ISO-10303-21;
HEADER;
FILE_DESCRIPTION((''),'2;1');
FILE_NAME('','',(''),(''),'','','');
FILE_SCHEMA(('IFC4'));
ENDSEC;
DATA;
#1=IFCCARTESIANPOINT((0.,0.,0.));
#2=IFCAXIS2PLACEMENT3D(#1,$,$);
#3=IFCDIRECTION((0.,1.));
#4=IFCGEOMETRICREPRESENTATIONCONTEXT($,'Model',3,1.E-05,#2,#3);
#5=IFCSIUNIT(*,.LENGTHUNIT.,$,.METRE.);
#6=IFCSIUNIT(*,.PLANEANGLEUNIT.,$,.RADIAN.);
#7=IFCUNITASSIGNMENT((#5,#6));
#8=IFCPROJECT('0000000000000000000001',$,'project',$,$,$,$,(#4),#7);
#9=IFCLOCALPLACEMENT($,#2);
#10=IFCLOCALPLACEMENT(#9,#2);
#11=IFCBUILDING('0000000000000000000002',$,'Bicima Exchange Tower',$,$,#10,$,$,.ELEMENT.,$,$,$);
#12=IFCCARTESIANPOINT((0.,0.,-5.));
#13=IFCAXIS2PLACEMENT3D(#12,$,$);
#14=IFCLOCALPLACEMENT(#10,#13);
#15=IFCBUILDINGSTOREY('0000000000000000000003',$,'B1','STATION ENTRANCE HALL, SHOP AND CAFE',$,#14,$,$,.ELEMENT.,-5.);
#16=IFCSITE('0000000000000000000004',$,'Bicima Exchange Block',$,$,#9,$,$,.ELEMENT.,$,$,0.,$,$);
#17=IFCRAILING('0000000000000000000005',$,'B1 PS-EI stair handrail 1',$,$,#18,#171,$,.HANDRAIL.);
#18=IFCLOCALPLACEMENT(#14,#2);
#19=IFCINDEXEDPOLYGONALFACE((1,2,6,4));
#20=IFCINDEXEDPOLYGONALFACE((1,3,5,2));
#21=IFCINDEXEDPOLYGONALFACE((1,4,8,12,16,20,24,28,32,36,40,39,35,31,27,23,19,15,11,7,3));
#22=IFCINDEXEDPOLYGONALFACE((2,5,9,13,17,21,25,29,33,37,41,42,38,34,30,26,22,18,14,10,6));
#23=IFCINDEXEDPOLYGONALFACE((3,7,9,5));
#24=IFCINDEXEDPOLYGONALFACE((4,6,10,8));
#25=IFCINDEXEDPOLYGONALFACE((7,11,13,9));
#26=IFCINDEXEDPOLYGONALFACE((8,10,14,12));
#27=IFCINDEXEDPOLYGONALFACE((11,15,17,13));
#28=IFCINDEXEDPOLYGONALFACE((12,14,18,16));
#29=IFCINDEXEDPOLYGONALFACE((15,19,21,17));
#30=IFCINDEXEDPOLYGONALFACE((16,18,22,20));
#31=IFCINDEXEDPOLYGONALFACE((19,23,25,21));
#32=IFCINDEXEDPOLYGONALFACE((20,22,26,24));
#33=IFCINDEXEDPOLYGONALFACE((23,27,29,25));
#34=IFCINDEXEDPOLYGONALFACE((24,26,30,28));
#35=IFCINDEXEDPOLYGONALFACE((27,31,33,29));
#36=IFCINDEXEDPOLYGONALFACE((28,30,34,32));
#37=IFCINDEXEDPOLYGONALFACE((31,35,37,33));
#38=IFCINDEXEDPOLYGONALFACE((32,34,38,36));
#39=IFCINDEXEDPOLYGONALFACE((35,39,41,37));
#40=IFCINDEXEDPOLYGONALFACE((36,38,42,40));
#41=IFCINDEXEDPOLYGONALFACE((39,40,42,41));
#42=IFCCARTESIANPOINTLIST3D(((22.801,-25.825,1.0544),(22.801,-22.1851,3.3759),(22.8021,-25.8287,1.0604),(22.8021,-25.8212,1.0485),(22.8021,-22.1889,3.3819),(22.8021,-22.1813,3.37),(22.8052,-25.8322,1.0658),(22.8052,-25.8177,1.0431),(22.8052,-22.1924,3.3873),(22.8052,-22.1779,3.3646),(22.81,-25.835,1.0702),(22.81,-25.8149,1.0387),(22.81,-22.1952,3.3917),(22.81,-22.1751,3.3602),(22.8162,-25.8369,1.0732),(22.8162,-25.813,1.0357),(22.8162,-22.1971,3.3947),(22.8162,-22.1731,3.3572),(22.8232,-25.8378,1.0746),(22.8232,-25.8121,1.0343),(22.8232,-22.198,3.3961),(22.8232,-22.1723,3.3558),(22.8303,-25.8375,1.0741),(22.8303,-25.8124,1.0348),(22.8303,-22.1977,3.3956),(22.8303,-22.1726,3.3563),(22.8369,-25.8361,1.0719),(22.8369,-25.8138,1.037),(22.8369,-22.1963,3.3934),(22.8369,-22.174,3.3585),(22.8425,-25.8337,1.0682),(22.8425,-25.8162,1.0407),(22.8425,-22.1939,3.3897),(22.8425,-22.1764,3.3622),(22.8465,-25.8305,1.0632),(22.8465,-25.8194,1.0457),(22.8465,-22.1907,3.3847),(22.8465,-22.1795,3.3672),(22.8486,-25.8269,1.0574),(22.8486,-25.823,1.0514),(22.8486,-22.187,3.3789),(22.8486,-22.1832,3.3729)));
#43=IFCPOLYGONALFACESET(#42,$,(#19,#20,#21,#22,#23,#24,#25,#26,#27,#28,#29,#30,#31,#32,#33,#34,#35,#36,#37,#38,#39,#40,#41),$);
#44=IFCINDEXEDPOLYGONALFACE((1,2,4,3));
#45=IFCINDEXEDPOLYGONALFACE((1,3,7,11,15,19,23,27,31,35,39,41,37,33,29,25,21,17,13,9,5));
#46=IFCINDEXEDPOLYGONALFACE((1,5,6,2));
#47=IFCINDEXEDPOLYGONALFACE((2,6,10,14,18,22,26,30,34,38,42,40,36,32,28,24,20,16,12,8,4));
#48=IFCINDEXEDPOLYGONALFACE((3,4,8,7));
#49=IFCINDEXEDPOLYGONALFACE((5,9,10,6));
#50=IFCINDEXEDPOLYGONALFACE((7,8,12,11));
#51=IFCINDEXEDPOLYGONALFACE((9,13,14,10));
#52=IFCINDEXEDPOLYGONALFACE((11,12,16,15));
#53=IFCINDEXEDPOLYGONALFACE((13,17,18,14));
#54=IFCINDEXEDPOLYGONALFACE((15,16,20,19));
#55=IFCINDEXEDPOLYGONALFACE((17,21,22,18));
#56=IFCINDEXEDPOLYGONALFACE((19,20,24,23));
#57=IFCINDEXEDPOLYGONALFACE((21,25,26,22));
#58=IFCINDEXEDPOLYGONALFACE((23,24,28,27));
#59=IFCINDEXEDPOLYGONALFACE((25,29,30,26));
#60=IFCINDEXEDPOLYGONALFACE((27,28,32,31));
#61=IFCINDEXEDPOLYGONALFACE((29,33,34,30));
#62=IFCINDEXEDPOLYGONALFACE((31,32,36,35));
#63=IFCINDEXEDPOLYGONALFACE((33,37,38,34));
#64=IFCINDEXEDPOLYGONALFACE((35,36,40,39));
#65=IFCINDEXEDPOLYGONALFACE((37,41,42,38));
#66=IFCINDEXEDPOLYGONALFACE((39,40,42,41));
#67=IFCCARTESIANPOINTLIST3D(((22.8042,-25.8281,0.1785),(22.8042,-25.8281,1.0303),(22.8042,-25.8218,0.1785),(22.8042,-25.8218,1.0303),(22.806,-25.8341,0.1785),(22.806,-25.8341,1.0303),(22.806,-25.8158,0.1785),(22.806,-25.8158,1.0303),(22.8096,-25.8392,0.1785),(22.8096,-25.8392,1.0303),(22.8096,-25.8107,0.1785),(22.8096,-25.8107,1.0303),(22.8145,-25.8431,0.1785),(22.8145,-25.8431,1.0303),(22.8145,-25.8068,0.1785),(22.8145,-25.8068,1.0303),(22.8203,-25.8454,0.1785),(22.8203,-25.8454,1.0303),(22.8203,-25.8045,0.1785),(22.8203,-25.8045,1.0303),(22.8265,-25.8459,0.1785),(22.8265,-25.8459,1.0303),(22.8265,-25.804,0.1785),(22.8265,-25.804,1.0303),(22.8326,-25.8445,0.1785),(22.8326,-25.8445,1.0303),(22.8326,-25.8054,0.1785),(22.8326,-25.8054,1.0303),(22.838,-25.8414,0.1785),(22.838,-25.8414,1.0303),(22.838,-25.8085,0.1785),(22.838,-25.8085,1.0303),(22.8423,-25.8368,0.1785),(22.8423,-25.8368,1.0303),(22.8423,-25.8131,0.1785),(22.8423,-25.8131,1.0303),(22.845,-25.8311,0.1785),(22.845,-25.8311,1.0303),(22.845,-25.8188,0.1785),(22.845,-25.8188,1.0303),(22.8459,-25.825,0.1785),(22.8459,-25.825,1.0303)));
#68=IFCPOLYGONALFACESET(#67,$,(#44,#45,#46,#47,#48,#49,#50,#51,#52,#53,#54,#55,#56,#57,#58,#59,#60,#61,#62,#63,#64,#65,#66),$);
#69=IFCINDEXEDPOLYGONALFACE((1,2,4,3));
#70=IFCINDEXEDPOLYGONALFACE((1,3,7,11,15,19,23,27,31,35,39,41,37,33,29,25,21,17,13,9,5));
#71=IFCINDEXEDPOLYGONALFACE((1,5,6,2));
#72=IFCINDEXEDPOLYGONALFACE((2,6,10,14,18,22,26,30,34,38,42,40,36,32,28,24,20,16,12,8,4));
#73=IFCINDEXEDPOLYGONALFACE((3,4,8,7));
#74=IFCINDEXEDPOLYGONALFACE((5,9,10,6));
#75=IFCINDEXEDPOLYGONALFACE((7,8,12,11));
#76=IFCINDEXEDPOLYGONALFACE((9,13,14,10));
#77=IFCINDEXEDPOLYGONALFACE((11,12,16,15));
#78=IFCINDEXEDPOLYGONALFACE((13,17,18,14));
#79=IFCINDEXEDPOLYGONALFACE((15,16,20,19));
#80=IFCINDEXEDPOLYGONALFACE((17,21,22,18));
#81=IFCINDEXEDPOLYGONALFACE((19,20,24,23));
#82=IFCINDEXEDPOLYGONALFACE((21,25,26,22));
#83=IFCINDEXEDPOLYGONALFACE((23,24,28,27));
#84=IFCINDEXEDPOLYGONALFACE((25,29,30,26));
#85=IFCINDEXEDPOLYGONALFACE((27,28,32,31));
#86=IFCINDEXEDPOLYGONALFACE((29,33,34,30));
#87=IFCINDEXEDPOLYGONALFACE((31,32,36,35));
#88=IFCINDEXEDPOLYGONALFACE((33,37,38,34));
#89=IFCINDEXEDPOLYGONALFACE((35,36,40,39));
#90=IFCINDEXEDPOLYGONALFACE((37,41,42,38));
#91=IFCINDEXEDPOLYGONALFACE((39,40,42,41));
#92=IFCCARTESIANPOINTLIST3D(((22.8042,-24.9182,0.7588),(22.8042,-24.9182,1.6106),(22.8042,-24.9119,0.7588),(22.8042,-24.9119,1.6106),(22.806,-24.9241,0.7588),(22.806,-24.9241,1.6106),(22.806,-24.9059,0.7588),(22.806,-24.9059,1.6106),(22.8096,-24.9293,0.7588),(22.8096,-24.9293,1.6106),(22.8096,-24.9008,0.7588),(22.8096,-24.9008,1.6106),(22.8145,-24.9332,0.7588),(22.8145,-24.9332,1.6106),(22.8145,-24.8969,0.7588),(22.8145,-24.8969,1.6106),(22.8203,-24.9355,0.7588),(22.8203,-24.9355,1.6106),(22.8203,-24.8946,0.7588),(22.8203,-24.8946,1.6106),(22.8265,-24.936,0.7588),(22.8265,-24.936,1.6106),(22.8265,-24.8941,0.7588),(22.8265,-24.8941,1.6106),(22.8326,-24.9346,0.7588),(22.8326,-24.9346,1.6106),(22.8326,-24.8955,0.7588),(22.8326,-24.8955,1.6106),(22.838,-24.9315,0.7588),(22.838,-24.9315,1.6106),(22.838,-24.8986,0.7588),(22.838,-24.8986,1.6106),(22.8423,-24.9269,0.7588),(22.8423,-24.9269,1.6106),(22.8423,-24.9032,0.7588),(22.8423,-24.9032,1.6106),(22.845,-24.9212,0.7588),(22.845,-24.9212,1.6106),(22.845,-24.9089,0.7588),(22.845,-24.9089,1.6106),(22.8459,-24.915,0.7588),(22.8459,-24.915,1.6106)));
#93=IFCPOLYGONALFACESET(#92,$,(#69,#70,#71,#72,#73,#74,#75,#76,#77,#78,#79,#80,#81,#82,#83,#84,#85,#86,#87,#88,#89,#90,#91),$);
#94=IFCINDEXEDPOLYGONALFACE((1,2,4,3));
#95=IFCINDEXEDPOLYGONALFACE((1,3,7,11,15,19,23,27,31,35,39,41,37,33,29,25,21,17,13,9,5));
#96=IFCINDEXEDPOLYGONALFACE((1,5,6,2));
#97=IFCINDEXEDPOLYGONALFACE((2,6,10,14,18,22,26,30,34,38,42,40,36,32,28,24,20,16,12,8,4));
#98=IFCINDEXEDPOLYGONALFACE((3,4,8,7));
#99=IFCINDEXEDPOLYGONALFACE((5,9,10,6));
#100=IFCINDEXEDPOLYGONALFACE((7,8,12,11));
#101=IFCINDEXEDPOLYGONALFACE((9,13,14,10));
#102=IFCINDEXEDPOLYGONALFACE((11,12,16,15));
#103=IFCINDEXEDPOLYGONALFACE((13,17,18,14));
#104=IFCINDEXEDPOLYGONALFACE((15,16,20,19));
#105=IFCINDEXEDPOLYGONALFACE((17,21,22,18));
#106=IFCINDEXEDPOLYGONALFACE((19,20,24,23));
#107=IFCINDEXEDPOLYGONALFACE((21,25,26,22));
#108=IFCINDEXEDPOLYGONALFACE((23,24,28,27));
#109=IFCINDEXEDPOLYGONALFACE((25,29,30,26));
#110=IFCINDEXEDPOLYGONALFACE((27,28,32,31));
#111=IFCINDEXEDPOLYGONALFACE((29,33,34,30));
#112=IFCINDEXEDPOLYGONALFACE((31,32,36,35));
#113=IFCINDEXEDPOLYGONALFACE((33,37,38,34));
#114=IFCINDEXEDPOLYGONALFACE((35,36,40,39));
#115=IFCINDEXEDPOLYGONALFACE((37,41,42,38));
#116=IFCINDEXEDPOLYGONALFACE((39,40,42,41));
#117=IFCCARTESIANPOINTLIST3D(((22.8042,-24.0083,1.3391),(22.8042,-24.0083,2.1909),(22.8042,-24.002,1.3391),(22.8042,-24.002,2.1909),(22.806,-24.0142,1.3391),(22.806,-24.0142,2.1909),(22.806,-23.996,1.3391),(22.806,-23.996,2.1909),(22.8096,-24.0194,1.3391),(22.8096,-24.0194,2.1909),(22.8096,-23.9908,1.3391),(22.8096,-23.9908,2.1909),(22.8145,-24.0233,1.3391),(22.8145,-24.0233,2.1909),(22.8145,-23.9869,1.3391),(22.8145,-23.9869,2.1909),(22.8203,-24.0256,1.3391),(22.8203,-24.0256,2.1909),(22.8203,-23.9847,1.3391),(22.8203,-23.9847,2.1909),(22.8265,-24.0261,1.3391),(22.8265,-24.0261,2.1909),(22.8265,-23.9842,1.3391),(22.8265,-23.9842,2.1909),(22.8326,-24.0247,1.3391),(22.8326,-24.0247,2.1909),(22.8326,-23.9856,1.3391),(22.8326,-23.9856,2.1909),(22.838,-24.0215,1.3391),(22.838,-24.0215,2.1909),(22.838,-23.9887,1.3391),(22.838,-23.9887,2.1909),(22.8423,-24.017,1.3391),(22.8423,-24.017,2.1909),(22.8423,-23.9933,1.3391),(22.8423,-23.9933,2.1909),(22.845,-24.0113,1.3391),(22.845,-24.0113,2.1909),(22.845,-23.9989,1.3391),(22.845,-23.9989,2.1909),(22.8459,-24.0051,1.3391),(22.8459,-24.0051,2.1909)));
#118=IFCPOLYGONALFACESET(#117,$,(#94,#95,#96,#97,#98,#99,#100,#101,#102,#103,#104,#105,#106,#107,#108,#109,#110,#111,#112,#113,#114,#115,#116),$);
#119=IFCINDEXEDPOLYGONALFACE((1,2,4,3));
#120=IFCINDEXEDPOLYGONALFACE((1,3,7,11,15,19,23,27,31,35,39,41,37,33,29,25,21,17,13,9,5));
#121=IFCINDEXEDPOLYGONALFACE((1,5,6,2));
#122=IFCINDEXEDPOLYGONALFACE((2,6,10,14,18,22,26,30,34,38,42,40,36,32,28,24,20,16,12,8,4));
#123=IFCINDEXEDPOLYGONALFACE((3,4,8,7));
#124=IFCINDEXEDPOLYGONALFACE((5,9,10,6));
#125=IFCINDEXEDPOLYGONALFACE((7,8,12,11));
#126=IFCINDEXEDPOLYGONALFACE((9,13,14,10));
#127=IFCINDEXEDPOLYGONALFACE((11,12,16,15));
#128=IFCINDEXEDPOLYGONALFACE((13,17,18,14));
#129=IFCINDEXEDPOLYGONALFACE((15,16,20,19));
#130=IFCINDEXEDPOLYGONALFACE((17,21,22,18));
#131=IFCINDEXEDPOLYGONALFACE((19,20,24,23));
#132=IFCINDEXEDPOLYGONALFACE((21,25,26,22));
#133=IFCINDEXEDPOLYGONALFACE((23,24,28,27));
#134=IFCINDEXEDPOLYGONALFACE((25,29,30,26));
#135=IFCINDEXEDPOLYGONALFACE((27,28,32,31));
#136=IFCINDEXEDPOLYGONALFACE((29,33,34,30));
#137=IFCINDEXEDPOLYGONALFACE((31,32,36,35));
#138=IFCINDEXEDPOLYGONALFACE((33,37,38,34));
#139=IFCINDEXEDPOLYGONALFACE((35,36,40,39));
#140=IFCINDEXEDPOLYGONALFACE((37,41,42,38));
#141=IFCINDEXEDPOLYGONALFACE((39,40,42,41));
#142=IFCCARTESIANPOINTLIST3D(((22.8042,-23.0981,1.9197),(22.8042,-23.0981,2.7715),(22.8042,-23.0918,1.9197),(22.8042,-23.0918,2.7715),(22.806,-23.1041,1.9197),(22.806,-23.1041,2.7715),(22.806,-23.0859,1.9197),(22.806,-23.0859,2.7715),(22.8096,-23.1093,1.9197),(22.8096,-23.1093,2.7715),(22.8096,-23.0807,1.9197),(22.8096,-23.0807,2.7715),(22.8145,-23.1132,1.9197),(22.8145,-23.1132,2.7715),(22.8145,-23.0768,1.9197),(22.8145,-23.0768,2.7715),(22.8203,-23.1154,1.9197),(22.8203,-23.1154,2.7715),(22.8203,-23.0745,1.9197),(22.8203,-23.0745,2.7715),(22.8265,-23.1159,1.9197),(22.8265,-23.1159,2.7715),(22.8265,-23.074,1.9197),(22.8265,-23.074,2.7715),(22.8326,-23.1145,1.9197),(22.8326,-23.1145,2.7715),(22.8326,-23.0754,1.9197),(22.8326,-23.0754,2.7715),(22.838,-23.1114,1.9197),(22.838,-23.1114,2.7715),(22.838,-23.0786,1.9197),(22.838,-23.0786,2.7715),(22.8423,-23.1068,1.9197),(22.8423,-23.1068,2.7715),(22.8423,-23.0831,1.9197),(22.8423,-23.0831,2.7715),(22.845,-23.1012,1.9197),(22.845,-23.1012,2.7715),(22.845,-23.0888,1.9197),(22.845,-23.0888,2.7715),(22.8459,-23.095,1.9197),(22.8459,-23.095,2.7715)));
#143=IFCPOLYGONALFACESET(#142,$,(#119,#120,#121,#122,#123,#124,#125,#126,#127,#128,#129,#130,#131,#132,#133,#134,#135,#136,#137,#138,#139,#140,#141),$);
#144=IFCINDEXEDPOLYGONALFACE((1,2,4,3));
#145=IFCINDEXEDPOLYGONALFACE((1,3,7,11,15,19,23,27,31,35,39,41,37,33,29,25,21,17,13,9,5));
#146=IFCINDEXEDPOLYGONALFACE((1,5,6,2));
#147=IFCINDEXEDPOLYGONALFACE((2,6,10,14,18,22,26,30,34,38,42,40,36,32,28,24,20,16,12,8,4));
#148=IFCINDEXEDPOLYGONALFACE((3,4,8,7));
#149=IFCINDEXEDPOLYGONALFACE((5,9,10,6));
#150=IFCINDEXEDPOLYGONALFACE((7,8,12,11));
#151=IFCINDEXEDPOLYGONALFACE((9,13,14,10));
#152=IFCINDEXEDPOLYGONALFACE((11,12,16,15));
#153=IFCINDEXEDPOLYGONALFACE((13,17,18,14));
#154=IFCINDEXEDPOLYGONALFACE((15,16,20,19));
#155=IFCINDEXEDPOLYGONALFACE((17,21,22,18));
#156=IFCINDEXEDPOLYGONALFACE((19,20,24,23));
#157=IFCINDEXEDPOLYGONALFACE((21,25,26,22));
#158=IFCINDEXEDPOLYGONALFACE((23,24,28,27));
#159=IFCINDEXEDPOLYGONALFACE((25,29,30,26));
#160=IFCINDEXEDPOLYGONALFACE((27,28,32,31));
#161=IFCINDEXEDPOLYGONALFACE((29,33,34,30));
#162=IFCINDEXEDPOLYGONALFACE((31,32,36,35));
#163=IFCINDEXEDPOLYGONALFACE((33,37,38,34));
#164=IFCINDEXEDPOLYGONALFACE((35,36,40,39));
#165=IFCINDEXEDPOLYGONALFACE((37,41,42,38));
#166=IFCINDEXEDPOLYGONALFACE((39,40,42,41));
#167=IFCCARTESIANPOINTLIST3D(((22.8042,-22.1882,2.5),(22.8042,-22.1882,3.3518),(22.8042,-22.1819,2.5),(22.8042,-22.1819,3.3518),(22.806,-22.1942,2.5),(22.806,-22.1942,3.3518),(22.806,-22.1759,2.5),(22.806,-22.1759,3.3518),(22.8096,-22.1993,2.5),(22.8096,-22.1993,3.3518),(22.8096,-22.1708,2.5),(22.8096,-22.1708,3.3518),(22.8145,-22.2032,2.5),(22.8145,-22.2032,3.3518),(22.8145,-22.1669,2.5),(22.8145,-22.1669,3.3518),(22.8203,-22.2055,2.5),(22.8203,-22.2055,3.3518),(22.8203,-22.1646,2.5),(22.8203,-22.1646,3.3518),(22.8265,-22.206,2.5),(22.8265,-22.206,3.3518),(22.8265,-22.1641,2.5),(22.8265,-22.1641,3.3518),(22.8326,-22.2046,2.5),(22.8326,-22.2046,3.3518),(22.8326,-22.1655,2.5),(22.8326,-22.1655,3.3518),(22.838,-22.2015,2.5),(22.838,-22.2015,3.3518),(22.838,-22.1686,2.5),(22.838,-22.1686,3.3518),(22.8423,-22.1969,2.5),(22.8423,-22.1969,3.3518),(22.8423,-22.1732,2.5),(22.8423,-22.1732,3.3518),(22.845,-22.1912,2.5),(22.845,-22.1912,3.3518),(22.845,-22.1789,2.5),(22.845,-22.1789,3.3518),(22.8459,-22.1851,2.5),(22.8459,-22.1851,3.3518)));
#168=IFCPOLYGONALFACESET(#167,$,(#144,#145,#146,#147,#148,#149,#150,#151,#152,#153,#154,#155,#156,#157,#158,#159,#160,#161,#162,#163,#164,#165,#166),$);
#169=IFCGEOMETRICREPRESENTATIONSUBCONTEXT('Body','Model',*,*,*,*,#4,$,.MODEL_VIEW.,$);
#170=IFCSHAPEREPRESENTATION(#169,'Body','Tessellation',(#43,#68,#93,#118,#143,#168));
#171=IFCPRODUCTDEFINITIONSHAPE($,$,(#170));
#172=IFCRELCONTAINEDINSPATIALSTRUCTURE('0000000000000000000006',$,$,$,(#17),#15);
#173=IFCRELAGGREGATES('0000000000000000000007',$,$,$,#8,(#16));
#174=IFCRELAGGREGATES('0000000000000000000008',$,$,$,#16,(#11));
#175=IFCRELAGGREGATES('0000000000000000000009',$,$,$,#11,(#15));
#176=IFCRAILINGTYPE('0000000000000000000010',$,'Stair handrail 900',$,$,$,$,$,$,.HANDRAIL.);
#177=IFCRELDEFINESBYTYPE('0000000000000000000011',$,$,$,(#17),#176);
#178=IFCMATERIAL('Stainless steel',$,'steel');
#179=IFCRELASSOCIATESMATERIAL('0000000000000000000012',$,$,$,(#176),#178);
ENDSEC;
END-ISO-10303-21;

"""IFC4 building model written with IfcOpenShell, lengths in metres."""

from ifc_helpers import new_model, si_unit, direction, frame, origin, origin_2d, place, context, subcontext, project, spatial, circle, extrude, material, type_object, element, save


model = new_model("IFC4")

# Units and contexts
model_context = context("Model", 3, precision=1e-05, world=origin(), true_north=direction((0.0, 1.0)))
body_context = subcontext(model_context, "Body", "Model", "MODEL_VIEW")
ifc_project = project(units=[si_unit("LENGTHUNIT", "METRE"), si_unit("PLANEANGLEUNIT", "RADIAN")], contexts=[model_context])

# Site, building, storey
site_placement = place(None, origin())
site = spatial("IfcSite", under=ifc_project, at=site_placement, Name="Bicima Exchange Block", CompositionType="ELEMENT", RefElevation=0.0)
building_placement = place(site_placement, origin())
building = spatial("IfcBuilding", under=site, at=building_placement, Name="Bicima Exchange Tower", CompositionType="ELEMENT")
storey_placement = place(building_placement, frame((0.0, 0.0, -5.0)))
storey = spatial("IfcBuildingStorey", under=building, at=storey_placement, Name="B1", Description="STATION ENTRANCE HALL, SHOP AND CAFE", CompositionType="ELEMENT", Elevation=-5.0)

# Railing
ifc_material_1 = material(Name="Stainless steel", Category="steel")
railing_type_1 = type_object("IfcRailingType", Name="Stair handrail 900", PredefinedType="HANDRAIL", material=ifc_material_1)
railing_1_placement = place(storey_placement, frame((22.825, -25.825, 0.1785)))
element("IfcRailing", 1, at=railing_1_placement, inside=storey, type_object=railing_type_1, Name="B1 PS-EI stair handrail 1", PredefinedType="HANDRAIL", context=body_context, shape_type="SweptSolid", body=[
    extrude(circle(Radius=0.0239, at=origin_2d()), frame((0.0, 0.0, 0.876), z_axis=(0.0, 0.843112, 0.537739), x_axis=(-1.0, 0.0, 0.0)), (0.0, 0.0, 1.0), 4.3171),
    extrude(circle(Radius=0.021, at=origin_2d()), origin(), (0.0, 0.0, 1.0), 0.8518),
    extrude(circle(Radius=0.021, at=origin_2d()), frame((0.0, 0.9099, 0.5803)), (0.0, 0.0, 1.0), 0.8518),
    extrude(circle(Radius=0.021, at=origin_2d()), frame((0.0, 1.8198, 1.1606)), (0.0, 0.0, 1.0), 0.8518),
    extrude(circle(Radius=0.021, at=origin_2d()), frame((0.0, 2.73, 1.7412)), (0.0, 0.0, 1.0), 0.8518),
    extrude(circle(Radius=0.021, at=origin_2d()), frame((0.0, 3.6399, 2.3215)), (0.0, 0.0, 1.0), 0.8518),
])

save(model, "model.ifc")
